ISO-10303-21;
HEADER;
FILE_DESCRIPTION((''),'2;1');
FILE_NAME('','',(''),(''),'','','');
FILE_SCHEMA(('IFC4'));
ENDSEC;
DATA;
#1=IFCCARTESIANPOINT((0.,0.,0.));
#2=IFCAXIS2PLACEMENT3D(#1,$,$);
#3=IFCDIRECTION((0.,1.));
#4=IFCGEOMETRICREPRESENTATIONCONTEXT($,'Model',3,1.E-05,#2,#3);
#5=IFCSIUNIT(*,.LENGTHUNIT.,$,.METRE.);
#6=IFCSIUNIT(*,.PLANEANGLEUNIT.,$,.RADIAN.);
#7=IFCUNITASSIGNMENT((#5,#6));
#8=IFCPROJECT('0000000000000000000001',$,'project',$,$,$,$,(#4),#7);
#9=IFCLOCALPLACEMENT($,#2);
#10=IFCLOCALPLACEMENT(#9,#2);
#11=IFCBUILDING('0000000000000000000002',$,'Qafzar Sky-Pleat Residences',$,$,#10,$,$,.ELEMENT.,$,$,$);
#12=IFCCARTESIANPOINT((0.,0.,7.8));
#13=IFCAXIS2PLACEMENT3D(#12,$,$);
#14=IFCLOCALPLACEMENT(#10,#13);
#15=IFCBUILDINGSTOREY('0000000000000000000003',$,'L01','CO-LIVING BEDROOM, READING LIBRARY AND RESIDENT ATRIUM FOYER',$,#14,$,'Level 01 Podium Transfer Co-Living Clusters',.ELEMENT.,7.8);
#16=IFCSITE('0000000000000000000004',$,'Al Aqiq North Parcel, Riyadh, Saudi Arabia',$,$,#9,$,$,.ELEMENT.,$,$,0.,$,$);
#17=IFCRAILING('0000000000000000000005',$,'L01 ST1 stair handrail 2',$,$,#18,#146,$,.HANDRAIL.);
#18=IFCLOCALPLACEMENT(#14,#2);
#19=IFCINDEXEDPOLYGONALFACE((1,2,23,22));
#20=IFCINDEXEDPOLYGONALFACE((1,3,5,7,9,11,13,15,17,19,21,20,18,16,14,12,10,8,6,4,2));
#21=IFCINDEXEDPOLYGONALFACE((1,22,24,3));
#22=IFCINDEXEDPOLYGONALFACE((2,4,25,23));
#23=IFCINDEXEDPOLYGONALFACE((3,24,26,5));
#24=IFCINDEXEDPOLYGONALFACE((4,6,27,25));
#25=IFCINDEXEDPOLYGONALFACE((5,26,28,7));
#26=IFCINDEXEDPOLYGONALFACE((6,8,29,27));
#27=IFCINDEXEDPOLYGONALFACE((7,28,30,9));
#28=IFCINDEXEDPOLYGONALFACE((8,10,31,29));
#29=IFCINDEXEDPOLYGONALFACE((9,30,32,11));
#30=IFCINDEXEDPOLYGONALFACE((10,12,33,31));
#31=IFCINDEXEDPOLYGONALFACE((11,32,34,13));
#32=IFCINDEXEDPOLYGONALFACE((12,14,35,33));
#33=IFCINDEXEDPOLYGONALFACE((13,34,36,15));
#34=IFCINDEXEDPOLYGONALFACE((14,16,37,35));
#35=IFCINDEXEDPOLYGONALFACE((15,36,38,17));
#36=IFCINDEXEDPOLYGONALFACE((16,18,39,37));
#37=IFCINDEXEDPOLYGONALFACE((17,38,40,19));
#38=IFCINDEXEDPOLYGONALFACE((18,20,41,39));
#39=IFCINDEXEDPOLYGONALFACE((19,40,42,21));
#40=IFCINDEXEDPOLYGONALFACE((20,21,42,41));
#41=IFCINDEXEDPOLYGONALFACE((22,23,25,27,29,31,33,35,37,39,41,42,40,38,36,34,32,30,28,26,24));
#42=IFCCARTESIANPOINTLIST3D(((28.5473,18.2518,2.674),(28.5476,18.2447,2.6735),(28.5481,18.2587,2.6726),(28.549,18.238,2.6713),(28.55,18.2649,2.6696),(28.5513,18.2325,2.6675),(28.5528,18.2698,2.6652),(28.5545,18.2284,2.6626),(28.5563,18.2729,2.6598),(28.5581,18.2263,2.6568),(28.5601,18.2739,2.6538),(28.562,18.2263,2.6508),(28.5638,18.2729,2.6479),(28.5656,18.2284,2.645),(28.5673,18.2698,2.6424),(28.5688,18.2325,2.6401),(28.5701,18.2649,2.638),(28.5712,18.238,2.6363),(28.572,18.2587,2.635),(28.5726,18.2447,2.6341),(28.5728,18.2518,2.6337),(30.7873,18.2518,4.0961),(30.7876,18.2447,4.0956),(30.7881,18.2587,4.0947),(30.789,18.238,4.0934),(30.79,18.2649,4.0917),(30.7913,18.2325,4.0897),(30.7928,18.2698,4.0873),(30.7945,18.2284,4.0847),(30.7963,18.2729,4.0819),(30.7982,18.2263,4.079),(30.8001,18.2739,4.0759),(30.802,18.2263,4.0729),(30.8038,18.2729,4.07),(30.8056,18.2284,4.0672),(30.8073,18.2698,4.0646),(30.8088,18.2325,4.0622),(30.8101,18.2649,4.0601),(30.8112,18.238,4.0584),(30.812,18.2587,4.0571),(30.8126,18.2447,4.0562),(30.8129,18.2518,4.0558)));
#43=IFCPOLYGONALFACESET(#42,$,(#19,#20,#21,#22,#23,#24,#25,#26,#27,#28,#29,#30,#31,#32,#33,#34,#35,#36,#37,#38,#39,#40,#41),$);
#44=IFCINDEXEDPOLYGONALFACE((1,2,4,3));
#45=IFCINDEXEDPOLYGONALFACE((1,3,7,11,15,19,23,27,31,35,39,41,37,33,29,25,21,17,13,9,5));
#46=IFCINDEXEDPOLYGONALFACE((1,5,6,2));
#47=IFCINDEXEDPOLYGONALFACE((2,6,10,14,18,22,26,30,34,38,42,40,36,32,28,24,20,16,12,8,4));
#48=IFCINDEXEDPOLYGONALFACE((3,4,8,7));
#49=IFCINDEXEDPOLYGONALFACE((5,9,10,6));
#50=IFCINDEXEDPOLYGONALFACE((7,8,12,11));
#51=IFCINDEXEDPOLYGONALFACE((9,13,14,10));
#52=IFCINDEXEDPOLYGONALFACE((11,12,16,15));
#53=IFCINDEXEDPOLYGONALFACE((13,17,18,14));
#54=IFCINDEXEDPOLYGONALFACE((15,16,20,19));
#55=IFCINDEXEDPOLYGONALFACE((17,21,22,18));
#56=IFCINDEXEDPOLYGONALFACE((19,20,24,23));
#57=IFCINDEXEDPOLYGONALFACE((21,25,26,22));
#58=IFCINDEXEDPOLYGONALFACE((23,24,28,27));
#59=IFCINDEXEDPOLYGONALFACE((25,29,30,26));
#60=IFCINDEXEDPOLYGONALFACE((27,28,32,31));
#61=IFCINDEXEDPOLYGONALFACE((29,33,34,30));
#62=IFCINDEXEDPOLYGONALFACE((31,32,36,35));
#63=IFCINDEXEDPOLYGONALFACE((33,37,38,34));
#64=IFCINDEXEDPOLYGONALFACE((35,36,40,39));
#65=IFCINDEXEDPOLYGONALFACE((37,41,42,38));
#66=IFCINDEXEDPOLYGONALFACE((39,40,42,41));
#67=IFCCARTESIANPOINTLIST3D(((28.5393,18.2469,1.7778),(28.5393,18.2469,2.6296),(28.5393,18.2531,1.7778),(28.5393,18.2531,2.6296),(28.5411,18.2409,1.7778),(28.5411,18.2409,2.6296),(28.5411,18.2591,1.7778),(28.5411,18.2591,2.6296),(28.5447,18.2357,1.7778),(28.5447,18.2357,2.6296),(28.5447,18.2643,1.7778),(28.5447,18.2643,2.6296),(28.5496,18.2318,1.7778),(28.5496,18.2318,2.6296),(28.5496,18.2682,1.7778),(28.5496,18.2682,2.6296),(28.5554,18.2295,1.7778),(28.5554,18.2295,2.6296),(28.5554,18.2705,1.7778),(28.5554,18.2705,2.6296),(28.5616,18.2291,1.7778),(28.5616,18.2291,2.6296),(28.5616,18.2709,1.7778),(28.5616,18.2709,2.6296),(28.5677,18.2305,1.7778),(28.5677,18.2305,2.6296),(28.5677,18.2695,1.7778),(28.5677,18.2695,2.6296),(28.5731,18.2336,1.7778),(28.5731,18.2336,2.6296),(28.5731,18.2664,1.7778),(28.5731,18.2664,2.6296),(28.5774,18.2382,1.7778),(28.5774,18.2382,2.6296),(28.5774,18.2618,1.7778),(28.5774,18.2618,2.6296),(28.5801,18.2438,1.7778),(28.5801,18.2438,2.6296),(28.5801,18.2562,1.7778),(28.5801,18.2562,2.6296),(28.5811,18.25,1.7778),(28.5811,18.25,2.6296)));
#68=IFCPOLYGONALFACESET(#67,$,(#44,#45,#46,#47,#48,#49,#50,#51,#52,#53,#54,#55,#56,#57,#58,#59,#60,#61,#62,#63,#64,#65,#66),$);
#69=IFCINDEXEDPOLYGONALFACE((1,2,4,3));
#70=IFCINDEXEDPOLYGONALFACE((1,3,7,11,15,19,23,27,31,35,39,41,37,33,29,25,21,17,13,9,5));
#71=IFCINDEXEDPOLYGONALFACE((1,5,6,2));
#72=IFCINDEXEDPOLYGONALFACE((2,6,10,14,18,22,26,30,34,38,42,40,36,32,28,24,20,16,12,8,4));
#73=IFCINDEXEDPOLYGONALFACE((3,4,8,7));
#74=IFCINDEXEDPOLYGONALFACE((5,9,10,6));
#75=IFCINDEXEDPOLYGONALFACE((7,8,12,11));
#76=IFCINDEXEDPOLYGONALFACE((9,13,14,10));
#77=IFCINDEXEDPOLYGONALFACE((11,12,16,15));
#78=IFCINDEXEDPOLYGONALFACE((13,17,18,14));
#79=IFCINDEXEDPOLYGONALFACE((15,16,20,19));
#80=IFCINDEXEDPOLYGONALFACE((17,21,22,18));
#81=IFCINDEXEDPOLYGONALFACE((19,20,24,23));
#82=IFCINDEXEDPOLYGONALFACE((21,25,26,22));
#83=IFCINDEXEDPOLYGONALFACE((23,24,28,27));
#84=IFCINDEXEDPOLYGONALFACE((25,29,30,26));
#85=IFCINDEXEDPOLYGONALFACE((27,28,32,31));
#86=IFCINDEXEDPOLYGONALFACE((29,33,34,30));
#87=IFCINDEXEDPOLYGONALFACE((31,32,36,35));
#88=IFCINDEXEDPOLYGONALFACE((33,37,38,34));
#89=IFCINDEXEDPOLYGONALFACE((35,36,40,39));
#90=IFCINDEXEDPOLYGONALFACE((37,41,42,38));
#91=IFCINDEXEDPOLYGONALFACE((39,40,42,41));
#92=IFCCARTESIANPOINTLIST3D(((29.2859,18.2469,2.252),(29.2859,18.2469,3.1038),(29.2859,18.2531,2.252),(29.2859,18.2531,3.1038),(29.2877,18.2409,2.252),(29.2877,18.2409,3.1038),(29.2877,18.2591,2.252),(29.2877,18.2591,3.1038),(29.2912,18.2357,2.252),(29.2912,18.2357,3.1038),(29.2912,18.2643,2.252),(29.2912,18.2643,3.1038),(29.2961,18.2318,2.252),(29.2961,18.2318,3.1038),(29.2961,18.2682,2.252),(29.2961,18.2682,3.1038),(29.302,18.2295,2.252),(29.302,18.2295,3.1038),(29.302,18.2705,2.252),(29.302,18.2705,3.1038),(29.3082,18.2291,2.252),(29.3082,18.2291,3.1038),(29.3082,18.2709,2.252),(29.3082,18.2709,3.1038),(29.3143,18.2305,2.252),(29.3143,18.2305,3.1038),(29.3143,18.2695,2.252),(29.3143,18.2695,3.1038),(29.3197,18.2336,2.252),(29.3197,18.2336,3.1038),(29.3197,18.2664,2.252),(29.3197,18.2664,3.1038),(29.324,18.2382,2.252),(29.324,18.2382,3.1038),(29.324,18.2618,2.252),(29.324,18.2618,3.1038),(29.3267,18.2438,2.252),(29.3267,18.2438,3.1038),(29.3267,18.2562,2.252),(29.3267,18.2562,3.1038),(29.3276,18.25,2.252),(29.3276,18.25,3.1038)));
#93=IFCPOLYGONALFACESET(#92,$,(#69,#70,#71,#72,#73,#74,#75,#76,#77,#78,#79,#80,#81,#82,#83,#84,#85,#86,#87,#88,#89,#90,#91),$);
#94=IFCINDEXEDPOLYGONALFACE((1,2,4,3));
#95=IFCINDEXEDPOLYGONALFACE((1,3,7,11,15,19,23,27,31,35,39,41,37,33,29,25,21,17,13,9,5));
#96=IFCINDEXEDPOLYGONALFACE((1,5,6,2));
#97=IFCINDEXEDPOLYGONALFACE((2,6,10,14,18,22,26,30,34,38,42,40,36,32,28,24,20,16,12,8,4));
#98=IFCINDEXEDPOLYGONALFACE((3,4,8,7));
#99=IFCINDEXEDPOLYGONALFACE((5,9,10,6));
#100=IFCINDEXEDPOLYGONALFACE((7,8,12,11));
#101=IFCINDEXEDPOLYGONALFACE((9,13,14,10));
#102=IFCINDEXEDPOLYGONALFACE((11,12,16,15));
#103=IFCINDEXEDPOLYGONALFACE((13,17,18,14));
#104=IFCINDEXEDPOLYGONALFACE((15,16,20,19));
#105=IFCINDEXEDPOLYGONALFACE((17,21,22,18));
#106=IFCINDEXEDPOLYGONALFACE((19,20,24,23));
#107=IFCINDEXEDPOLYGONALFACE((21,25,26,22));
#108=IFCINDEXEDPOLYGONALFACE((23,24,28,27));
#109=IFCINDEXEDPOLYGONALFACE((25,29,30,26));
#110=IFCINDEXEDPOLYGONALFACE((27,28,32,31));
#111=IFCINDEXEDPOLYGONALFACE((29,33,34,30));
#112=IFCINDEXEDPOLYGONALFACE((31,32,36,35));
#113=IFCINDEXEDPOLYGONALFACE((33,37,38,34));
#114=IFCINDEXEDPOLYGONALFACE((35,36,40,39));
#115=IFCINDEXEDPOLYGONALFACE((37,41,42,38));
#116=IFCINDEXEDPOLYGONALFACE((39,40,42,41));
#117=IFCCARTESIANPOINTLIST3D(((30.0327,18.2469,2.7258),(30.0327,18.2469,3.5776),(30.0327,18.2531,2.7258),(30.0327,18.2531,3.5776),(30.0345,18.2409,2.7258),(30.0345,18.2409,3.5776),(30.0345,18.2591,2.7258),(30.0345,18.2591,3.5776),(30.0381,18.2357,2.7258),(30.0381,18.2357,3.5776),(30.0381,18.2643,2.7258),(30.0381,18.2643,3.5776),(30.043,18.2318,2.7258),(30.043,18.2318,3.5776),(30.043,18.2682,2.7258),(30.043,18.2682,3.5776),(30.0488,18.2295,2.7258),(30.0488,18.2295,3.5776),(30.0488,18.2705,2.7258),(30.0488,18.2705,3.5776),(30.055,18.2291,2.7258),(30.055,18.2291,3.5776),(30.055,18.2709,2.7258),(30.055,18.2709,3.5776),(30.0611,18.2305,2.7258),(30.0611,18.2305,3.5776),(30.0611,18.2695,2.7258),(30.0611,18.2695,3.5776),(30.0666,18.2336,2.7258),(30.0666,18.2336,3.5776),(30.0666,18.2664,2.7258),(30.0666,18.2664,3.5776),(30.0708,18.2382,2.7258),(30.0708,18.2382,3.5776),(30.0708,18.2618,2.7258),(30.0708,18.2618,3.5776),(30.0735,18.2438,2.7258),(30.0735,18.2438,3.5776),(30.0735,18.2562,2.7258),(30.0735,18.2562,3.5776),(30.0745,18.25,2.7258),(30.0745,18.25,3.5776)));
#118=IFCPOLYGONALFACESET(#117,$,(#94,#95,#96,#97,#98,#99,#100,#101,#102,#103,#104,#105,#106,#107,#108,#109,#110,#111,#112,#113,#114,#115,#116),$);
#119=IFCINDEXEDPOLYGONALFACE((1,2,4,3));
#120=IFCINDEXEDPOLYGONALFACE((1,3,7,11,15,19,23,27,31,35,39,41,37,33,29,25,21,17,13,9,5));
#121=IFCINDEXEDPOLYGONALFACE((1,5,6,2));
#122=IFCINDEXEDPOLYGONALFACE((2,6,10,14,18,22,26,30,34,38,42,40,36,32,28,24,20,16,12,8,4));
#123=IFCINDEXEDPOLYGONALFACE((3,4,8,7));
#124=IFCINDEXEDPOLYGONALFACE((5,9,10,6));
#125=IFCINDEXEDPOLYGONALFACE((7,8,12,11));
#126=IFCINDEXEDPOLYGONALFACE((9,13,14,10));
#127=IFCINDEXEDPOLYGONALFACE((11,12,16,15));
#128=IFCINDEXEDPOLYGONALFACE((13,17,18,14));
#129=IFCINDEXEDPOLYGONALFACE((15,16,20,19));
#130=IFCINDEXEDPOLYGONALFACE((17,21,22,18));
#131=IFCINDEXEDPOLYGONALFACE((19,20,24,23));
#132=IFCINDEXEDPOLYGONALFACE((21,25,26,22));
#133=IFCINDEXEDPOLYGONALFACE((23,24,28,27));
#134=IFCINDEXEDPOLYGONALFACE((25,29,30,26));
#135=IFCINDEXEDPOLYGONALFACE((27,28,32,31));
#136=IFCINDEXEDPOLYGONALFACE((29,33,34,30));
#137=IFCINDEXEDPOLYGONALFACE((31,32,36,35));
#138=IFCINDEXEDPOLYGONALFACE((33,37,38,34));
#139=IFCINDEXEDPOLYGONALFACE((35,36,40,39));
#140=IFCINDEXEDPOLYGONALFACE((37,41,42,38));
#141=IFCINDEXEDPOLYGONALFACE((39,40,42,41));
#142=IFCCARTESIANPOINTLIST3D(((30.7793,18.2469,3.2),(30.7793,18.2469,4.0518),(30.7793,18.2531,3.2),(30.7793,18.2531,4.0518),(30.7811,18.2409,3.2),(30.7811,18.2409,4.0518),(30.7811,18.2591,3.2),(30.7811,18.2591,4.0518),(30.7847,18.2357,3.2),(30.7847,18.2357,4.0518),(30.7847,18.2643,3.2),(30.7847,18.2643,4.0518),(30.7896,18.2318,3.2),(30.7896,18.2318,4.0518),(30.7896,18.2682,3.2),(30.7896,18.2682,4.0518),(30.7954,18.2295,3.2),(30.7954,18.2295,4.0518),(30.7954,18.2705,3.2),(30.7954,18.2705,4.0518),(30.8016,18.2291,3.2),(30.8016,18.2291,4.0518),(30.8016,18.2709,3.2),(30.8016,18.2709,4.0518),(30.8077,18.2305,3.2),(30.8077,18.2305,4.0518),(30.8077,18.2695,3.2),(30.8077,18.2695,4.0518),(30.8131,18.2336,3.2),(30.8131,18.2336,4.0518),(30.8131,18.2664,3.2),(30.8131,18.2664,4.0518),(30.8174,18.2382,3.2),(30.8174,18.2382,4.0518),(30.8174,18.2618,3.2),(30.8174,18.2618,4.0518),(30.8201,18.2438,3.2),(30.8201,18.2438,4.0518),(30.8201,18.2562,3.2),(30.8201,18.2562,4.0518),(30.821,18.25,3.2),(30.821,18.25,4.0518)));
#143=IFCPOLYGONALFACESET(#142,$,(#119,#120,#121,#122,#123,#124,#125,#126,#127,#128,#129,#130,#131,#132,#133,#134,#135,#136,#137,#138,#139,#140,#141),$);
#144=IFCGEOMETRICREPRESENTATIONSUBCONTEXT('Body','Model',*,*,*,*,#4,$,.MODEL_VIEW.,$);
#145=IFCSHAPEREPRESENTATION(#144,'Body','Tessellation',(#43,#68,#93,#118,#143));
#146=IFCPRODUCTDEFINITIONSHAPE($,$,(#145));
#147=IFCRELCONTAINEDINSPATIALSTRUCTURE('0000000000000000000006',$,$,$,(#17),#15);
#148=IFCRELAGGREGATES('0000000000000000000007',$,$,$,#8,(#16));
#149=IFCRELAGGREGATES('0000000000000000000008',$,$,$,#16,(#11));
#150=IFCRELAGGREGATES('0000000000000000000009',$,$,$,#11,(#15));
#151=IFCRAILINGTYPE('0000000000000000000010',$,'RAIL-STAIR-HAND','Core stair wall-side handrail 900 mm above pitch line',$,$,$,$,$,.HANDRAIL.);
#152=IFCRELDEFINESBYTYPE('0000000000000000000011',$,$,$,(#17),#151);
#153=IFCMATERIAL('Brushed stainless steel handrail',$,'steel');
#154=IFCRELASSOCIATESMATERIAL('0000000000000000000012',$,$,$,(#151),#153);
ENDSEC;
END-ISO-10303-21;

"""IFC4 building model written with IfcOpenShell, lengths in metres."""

from ifc_helpers import new_model, si_unit, direction, frame, origin, origin_2d, place, context, subcontext, project, spatial, circle, extrude, source, transform, mapped, material, type_object, element, save


model = new_model("IFC4")

# Units and contexts
model_context = context("Model", 3, precision=1e-05, world=origin(), true_north=direction((0.0, 1.0)))
body_context = subcontext(model_context, "Body", "Model", "MODEL_VIEW")
ifc_project = project(units=[si_unit("LENGTHUNIT", "METRE"), si_unit("PLANEANGLEUNIT", "RADIAN")], contexts=[model_context])

# Site, building, storey
site_placement = place(None, origin())
site = spatial("IfcSite", under=ifc_project, at=site_placement, Name="Al Aqiq North Parcel, Riyadh, Saudi Arabia", CompositionType="ELEMENT", RefElevation=0.0)
building_placement = place(site_placement, origin())
building = spatial("IfcBuilding", under=site, at=building_placement, Name="Qafzar Sky-Pleat Residences", CompositionType="ELEMENT")
storey_placement = place(building_placement, frame((0.0, 0.0, 7.8)))
storey = spatial("IfcBuildingStorey", under=building, at=storey_placement, Name="L01", Description="CO-LIVING BEDROOM, READING LIBRARY AND RESIDENT ATRIUM FOYER", LongName="Level 01 Podium Transfer Co-Living Clusters", CompositionType="ELEMENT", Elevation=7.8)

# Railing
ifc_material_1 = material(Name="Brushed stainless steel handrail", Category="steel")
railing_type_1 = type_object("IfcRailingType", Name="RAIL-STAIR-HAND", Description="Core stair wall-side handrail 900 mm above pitch line", PredefinedType="HANDRAIL", material=ifc_material_1)
shared_shape_1 = source(origin(), body_context, "Body", "SweptSolid", [
    extrude(circle(Radius=0.0239, at=origin_2d()), frame((0.0, 0.0, 0.876), z_axis=(0.844229, 0.0, 0.535982), x_axis=(0.0, 1.0, 0.0)), (0.0, 0.0, 1.0), 2.6533),
    extrude(circle(Radius=0.021, at=origin_2d()), origin(), (0.0, 0.0, 1.0), 0.8518),
    extrude(circle(Radius=0.021, at=origin_2d()), frame((0.7466, 0.0, 0.4741)), (0.0, 0.0, 1.0), 0.8518),
    extrude(circle(Radius=0.021, at=origin_2d()), frame((1.4934, 0.0, 0.948)), (0.0, 0.0, 1.0), 0.8518),
    extrude(circle(Radius=0.021, at=origin_2d()), frame((2.24, 0.0, 1.4221)), (0.0, 0.0, 1.0), 0.8518),
])
railing_1_placement = place(storey_placement, frame((28.5601, 18.25, 1.7778)))
element("IfcRailing", 1, at=railing_1_placement, inside=storey, type_object=railing_type_1, Name="L01 ST1 stair handrail 2", PredefinedType="HANDRAIL", context=body_context, shape_type="MappedRepresentation", body=[
    mapped(shared_shape_1, transform((0.0, 0.0, 0.0), x_axis=(1.0, 0.0, 0.0), y_axis=(0.0, 1.0, 0.0), z_axis=(0.0, 0.0, 1.0), scale=1.0)),
])

save(model, "model.ifc")
